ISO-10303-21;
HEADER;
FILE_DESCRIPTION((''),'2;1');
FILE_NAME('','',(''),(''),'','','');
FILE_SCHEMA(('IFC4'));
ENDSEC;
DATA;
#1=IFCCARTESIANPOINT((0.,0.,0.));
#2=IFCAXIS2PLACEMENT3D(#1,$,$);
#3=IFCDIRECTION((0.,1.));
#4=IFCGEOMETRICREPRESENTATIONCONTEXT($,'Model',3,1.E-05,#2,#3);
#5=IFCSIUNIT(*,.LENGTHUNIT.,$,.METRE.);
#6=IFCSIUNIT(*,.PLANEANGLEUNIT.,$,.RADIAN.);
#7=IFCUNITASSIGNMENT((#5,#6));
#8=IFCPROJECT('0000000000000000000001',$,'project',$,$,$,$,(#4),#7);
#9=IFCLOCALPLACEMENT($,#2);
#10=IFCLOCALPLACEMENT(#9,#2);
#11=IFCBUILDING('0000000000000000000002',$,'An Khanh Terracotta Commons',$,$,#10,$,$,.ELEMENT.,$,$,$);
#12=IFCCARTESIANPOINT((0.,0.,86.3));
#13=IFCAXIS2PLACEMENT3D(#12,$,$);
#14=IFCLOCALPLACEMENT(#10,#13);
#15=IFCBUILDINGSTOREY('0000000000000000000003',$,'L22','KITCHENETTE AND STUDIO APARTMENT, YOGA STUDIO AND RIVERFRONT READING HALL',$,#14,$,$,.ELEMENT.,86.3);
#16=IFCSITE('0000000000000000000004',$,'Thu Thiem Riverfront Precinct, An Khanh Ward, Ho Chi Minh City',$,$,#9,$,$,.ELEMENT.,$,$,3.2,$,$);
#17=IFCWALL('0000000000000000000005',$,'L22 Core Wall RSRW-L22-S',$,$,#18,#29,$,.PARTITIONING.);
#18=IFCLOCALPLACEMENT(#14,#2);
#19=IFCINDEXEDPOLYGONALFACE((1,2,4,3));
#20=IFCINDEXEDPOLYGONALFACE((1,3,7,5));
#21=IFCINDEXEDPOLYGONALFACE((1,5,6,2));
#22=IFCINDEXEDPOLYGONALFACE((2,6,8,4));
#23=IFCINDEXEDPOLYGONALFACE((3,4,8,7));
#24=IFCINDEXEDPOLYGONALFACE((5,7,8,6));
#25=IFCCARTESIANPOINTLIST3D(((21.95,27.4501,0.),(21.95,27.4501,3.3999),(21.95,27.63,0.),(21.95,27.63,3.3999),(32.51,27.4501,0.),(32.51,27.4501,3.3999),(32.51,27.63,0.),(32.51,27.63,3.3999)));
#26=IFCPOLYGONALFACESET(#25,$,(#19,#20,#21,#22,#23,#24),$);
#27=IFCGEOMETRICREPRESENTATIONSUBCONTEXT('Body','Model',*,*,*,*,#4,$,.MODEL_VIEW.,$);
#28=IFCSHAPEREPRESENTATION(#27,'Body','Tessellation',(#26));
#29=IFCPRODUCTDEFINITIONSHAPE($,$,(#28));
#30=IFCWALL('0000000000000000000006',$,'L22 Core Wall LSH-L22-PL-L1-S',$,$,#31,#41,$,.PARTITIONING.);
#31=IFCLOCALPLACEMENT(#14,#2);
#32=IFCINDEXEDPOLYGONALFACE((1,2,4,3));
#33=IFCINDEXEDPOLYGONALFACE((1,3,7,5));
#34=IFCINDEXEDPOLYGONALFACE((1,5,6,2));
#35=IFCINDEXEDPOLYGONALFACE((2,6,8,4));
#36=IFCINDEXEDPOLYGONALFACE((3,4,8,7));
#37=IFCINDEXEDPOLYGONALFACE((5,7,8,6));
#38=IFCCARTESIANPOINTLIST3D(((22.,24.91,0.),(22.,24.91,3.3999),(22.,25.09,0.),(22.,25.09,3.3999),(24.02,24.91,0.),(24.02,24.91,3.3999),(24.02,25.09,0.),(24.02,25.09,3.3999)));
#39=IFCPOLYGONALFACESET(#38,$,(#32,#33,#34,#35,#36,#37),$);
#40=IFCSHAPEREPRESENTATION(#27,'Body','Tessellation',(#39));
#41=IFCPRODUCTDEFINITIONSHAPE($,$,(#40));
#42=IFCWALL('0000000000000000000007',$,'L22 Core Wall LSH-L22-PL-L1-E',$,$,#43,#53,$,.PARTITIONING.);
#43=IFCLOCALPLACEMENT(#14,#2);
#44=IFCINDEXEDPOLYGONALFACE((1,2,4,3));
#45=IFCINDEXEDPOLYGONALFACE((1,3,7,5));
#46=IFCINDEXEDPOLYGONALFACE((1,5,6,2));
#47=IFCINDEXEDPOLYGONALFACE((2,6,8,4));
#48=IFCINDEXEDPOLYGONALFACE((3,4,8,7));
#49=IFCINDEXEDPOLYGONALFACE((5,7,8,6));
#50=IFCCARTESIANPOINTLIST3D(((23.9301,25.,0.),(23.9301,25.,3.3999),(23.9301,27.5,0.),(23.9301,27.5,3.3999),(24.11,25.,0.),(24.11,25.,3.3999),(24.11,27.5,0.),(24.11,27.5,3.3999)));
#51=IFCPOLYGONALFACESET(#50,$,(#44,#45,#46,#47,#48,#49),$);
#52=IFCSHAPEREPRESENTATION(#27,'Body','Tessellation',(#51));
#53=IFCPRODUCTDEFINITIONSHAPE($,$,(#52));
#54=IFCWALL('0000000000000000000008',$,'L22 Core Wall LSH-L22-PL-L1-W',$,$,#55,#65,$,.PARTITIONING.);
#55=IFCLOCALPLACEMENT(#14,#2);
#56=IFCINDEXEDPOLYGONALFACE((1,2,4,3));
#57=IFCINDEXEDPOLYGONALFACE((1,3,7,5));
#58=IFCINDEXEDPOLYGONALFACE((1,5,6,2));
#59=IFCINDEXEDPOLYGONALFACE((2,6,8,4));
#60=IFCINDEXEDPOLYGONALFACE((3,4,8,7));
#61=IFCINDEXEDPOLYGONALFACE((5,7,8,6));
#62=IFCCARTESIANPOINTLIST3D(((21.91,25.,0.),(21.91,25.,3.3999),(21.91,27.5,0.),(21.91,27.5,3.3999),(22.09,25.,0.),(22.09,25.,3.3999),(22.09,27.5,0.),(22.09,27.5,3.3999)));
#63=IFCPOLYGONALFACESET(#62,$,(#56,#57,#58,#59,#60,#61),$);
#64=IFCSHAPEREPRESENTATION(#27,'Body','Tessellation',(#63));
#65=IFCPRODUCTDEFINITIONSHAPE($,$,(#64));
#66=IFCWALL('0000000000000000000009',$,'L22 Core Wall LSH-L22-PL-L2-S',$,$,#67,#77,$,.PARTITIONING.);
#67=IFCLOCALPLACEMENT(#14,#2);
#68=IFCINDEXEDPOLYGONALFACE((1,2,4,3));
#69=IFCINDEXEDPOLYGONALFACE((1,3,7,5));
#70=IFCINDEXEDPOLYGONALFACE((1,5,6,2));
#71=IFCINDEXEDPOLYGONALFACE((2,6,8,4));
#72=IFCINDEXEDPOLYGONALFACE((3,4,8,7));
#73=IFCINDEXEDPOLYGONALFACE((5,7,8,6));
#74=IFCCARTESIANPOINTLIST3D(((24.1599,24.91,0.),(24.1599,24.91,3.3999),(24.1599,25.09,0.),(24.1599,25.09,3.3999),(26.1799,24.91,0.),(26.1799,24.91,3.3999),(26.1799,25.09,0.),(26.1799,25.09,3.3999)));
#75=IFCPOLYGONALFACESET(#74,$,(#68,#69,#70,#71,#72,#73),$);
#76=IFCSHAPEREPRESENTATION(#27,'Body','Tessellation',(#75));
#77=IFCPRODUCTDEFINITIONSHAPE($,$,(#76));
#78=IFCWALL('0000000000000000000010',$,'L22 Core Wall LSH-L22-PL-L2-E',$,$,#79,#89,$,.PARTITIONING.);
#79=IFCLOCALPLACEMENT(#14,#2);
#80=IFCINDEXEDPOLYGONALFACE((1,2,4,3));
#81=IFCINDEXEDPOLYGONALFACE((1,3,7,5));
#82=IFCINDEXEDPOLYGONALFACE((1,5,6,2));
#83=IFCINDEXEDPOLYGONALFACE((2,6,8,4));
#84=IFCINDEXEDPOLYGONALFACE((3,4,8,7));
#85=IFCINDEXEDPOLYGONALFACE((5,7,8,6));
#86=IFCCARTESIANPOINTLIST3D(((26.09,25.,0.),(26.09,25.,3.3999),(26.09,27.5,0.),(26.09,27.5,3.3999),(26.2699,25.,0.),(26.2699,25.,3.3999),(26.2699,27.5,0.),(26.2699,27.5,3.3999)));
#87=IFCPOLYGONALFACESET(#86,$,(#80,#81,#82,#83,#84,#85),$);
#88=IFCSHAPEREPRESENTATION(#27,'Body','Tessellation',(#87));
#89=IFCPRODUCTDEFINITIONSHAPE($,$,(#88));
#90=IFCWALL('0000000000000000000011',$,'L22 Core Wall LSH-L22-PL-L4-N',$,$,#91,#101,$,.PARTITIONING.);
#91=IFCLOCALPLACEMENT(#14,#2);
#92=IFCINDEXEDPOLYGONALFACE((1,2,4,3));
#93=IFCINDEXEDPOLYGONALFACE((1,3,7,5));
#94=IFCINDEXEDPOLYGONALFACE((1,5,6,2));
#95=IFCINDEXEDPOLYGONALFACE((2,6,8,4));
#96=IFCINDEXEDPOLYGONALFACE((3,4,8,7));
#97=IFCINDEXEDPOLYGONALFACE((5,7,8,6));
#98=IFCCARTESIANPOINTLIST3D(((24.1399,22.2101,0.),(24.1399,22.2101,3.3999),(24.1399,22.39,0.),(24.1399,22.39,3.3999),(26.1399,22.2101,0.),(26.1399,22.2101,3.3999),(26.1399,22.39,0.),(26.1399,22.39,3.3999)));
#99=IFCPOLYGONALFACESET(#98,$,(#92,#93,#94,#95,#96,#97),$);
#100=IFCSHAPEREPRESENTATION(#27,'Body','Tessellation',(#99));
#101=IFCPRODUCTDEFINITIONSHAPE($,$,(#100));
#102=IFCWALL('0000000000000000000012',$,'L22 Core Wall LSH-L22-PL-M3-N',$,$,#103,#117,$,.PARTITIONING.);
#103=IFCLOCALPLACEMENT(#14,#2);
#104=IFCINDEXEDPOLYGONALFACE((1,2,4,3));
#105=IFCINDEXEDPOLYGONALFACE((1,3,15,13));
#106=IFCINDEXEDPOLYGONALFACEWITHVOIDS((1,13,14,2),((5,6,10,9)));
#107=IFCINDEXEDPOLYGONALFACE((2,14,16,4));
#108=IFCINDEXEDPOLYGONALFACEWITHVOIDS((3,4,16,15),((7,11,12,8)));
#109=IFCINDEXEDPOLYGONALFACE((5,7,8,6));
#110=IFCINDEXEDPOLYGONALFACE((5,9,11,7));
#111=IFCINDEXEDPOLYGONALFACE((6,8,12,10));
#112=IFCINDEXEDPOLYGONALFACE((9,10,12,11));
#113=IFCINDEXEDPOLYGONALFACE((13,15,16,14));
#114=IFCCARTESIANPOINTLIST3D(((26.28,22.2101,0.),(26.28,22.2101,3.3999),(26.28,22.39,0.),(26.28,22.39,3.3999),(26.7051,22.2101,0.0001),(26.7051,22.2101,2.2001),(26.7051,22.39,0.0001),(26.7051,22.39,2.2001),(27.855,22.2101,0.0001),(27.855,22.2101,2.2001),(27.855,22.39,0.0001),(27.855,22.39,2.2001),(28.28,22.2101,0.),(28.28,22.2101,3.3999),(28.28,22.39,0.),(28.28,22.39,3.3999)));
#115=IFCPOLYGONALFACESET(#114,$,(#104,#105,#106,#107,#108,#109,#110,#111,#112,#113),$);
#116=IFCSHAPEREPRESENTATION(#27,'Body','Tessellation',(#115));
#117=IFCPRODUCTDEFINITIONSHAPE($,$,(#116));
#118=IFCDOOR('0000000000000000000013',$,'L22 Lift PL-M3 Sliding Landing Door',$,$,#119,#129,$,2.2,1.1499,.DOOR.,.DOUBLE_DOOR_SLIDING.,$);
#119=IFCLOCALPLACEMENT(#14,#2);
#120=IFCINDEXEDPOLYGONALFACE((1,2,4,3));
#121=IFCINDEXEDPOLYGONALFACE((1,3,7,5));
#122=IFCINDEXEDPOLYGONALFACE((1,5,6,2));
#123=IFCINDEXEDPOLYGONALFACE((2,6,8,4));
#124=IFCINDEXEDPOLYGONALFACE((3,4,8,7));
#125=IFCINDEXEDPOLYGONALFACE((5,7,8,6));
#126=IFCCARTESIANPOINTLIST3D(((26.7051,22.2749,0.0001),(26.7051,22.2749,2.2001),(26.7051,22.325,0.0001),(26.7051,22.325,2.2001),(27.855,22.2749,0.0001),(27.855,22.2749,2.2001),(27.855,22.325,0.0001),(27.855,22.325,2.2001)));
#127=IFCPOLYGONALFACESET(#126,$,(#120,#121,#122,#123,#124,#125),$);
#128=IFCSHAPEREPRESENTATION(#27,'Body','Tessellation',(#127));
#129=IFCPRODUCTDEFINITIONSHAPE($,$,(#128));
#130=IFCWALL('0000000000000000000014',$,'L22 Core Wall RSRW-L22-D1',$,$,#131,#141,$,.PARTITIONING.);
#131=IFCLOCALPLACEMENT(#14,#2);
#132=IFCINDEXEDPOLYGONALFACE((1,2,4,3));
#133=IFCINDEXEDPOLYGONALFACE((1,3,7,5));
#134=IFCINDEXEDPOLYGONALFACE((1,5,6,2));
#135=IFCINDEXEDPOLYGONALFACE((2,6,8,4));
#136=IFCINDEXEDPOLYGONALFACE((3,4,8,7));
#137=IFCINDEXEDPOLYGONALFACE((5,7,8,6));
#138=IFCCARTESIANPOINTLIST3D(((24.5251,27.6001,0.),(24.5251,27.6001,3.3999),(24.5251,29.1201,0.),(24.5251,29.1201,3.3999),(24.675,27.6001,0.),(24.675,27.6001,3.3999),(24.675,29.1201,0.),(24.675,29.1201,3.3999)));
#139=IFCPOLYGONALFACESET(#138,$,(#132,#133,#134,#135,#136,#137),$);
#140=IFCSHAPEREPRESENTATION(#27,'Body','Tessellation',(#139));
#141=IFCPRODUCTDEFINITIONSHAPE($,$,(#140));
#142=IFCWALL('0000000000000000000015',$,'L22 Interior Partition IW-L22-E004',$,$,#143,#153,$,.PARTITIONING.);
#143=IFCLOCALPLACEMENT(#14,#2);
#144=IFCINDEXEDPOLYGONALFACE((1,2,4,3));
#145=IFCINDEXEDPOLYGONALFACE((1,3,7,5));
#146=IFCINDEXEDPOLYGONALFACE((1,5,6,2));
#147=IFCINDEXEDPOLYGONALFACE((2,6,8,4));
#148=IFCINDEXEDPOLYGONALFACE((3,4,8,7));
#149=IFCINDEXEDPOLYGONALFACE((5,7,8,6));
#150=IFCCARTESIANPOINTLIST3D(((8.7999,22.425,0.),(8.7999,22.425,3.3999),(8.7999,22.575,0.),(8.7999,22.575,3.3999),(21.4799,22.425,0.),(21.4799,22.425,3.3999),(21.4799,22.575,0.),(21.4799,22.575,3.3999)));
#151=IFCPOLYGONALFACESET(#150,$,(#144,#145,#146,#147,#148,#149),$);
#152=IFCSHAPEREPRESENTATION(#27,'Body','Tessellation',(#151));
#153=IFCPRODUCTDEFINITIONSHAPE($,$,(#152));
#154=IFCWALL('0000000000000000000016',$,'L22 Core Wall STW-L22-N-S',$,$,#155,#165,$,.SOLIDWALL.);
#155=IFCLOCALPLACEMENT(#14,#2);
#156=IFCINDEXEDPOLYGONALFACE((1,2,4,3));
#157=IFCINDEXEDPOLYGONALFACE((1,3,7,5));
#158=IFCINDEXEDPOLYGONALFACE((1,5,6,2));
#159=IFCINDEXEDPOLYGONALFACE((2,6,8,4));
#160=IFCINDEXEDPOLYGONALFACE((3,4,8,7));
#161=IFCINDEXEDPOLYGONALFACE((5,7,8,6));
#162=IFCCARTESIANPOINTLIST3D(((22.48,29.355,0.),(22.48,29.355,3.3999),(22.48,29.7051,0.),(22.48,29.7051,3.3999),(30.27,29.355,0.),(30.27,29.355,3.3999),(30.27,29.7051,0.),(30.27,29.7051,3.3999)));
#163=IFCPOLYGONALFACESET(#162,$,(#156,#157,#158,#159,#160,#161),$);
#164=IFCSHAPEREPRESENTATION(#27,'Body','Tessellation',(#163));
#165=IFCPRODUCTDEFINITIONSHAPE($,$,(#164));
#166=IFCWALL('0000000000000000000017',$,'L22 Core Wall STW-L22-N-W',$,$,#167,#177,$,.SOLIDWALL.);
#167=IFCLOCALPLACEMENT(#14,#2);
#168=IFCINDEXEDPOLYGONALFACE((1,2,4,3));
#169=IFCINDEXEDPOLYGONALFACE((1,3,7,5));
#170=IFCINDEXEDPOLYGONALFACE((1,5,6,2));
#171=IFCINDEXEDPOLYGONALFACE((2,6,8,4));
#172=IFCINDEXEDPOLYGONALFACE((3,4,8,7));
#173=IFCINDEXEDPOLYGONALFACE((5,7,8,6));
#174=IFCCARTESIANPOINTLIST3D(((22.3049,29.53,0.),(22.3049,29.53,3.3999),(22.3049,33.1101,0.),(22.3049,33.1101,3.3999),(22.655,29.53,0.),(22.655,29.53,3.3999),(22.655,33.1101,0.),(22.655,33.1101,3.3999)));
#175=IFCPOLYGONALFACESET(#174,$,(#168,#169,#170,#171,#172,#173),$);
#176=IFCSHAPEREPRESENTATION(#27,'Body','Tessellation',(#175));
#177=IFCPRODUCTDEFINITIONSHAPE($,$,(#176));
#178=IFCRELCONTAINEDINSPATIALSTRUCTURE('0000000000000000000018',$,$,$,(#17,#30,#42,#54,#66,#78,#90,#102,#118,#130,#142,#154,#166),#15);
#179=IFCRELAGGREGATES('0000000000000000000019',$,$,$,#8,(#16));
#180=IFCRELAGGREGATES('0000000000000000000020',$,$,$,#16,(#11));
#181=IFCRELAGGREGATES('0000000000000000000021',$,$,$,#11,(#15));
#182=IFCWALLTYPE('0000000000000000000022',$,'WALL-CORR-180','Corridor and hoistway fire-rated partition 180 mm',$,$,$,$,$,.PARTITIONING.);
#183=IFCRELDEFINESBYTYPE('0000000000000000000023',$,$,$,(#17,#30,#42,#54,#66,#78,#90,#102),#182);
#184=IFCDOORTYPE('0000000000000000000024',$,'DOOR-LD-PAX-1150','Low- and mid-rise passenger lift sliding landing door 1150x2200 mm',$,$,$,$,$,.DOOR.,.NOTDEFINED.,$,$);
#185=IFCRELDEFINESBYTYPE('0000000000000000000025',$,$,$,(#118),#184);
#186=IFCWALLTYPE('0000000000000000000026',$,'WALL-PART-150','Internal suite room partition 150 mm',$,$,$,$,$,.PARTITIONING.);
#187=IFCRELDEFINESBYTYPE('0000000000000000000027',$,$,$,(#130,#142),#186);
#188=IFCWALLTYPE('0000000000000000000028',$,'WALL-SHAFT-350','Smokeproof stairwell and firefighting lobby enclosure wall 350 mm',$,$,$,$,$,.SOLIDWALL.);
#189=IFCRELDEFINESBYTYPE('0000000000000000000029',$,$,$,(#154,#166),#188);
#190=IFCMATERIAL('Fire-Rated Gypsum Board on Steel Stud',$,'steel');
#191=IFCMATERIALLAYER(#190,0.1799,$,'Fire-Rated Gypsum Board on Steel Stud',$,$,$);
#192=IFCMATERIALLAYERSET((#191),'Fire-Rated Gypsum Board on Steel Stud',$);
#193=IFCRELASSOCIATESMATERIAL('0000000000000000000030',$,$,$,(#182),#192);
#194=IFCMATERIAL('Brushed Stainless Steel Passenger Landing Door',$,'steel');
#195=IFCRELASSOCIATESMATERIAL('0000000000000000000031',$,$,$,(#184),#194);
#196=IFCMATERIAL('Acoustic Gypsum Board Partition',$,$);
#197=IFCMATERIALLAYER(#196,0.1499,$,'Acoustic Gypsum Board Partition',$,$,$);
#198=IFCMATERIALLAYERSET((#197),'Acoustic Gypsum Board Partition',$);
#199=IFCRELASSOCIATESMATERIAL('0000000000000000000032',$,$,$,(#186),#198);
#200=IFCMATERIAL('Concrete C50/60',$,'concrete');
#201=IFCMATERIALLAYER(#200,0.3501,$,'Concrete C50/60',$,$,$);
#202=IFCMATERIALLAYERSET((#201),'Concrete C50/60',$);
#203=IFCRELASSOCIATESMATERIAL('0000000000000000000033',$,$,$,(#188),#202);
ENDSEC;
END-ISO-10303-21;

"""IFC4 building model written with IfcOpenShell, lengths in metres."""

from ifc_helpers import new_model, si_unit, direction, frame, frame_2d, origin, place, context, subcontext, project, spatial, rectangle, extrude, material, layer, layer_set, type_object, element, fill, save


model = new_model("IFC4")

# Units and contexts
model_context = context("Model", 3, precision=1e-05, world=origin(), true_north=direction((0.0, 1.0)))
body_context = subcontext(model_context, "Body", "Model", "MODEL_VIEW")
ifc_project = project(units=[si_unit("LENGTHUNIT", "METRE"), si_unit("PLANEANGLEUNIT", "RADIAN")], contexts=[model_context])

# Site, building, storey
site_placement = place(None, origin())
site = spatial("IfcSite", under=ifc_project, at=site_placement, Name="Thu Thiem Riverfront Precinct, An Khanh Ward, Ho Chi Minh City", CompositionType="ELEMENT", RefElevation=3.2)
building_placement = place(site_placement, origin())
building = spatial("IfcBuilding", under=site, at=building_placement, Name="An Khanh Terracotta Commons", CompositionType="ELEMENT")
storey_placement = place(building_placement, frame((0.0, 0.0, 86.3)))
storey = spatial("IfcBuildingStorey", under=building, at=storey_placement, Name="L22", Description="KITCHENETTE AND STUDIO APARTMENT, YOGA STUDIO AND RIVERFRONT READING HALL", CompositionType="ELEMENT", Elevation=86.3)

# Walls
ifc_material_1 = material(Name="Fire-Rated Gypsum Board on Steel Stud", Category="steel")
ifc_layer_1 = layer(ifc_material_1, 0.1799, Name="Fire-Rated Gypsum Board on Steel Stud")
ifc_layer_set_1 = layer_set([ifc_layer_1], Name="Fire-Rated Gypsum Board on Steel Stud")
wall_type_1 = type_object("IfcWallType", Name="WALL-CORR-180", Description="Corridor and hoistway fire-rated partition 180 mm", PredefinedType="PARTITIONING", material=ifc_layer_set_1)
wall_1_placement = place(storey_placement, frame((21.95, 27.54, 0.0), z_axis=(0.0, 0.0, 1.0), x_axis=(1.0, 0.0, 0.0)))
element("IfcWall", 1, at=wall_1_placement, inside=storey, type_object=wall_type_1, Name="L22 Core Wall RSRW-L22-S", PredefinedType="PARTITIONING", context=body_context, shape_type="SweptSolid", body=[
    extrude(rectangle(XDim=10.5601, YDim=0.1799, at=frame_2d((5.28, 0.0))), origin(), (0.0, 0.0, 1.0), 3.3999),
])
wall_2_placement = place(storey_placement, frame((24.02, 25.0, 0.0), z_axis=(0.0, 0.0, 1.0), x_axis=(-1.0, 0.0, 0.0)))
element("IfcWall", 2, at=wall_2_placement, inside=storey, type_object=wall_type_1, Name="L22 Core Wall LSH-L22-PL-L1-S", PredefinedType="PARTITIONING", context=body_context, shape_type="SweptSolid", body=[
    extrude(rectangle(XDim=2.02, YDim=0.1799, at=frame_2d((1.01, 0.0))), origin(), (0.0, 0.0, 1.0), 3.3999),
])
for number, where, z_axis, x_axis, name in (
    (3, (24.02, 25.0, 0.0), (0.0, 0.0, 1.0), (0.0, 1.0, 0.0), "L22 Core Wall LSH-L22-PL-L1-E"),
    (4, (22.0, 27.5, 0.0), (0.0, 0.0, 1.0), (0.0, -1.0, 0.0), "L22 Core Wall LSH-L22-PL-L1-W"),
):
    element("IfcWall", number, at=place(storey_placement, frame(where, z_axis=z_axis, x_axis=x_axis)), inside=storey, type_object=wall_type_1, Name=name, PredefinedType="PARTITIONING", context=body_context, shape_type="SweptSolid", body=[
        extrude(rectangle(XDim=2.5, YDim=0.1799, at=frame_2d((1.25, 0.0))), origin(), (0.0, 0.0, 1.0), 3.3999),
    ])
wall_3_placement = place(storey_placement, frame((26.1799, 25.0, 0.0), z_axis=(0.0, 0.0, 1.0), x_axis=(-1.0, 0.0, 0.0)))
element("IfcWall", 5, at=wall_3_placement, inside=storey, type_object=wall_type_1, Name="L22 Core Wall LSH-L22-PL-L2-S", PredefinedType="PARTITIONING", context=body_context, shape_type="SweptSolid", body=[
    extrude(rectangle(XDim=2.02, YDim=0.1799, at=frame_2d((1.01, 0.0))), origin(), (0.0, 0.0, 1.0), 3.3999),
])
wall_4_placement = place(storey_placement, frame((26.1799, 25.0, 0.0), z_axis=(0.0, 0.0, 1.0), x_axis=(0.0, 1.0, 0.0)))
element("IfcWall", 6, at=wall_4_placement, inside=storey, type_object=wall_type_1, Name="L22 Core Wall LSH-L22-PL-L2-E", PredefinedType="PARTITIONING", context=body_context, shape_type="SweptSolid", body=[
    extrude(rectangle(XDim=2.5, YDim=0.1799, at=frame_2d((1.25, 0.0))), origin(), (0.0, 0.0, 1.0), 3.3999),
])
wall_5_placement = place(storey_placement, frame((24.1399, 22.3, 0.0), z_axis=(0.0, 0.0, 1.0), x_axis=(1.0, 0.0, 0.0)))
element("IfcWall", 7, at=wall_5_placement, inside=storey, type_object=wall_type_1, Name="L22 Core Wall LSH-L22-PL-L4-N", PredefinedType="PARTITIONING", context=body_context, shape_type="SweptSolid", body=[
    extrude(rectangle(XDim=2.0, YDim=0.1799, at=frame_2d((1.0, 0.0))), origin(), (0.0, 0.0, 1.0), 3.3999),
])

# Wall, opening, door
wall_6_placement = place(storey_placement, frame((26.28, 22.3, 0.0), z_axis=(0.0, 0.0, 1.0), x_axis=(1.0, 0.0, 0.0)))
wall_6 = element("IfcWall", 8, at=wall_6_placement, inside=storey, type_object=wall_type_1, Name="L22 Core Wall LSH-L22-PL-M3-N", PredefinedType="PARTITIONING", context=body_context, shape_type="SweptSolid", body=[
    extrude(rectangle(XDim=2.0, YDim=0.1799, at=frame_2d((1.0, 0.0))), origin(), (0.0, 0.0, 1.0), 3.3999),
])
opening_1_placement = place(wall_6_placement, frame((0.425, 0.0, 0.0)))
opening_1 = element("IfcOpeningElement", 9, at=opening_1_placement, cuts=wall_6, PredefinedType="OPENING", context=body_context, shape_type="SweptSolid", body=[
    extrude(rectangle(XDim=1.1499, YDim=2.2, at=frame_2d((0.575, 1.1001))), frame((0.0, 0.0999, 0.0), z_axis=(0.0, -1.0, 0.0), x_axis=(1.0, 0.0, 0.0)), (0.0, 0.0, 1.0), 0.2),
])
ifc_material_2 = material(Name="Brushed Stainless Steel Passenger Landing Door", Category="steel")
door_type_1 = type_object("IfcDoorType", Name="DOOR-LD-PAX-1150", Description="Low- and mid-rise passenger lift sliding landing door 1150x2200 mm", OperationType="NOTDEFINED", PredefinedType="DOOR", material=ifc_material_2)
door_1_placement = place(opening_1_placement, origin())
door_1 = element("IfcDoor", 10, at=door_1_placement, inside=storey, type_object=door_type_1, Name="L22 Lift PL-M3 Sliding Landing Door", OperationType="DOUBLE_DOOR_SLIDING", OverallHeight=2.2, OverallWidth=1.1499, PredefinedType="DOOR", context=body_context, shape_type="SweptSolid", body=[
    extrude(rectangle(XDim=1.1499, YDim=2.2, at=frame_2d((0.575, 1.1001))), frame((0.0, 0.0249, 0.0), z_axis=(0.0, -1.0, 0.0), x_axis=(1.0, 0.0, 0.0)), (0.0, 0.0, 1.0), 0.05),
])
fill(opening_1, door_1)

# Walls
ifc_material_3 = material(Name="Acoustic Gypsum Board Partition")
ifc_layer_2 = layer(ifc_material_3, 0.1499, Name="Acoustic Gypsum Board Partition")
ifc_layer_set_2 = layer_set([ifc_layer_2], Name="Acoustic Gypsum Board Partition")
wall_type_2 = type_object("IfcWallType", Name="WALL-PART-150", Description="Internal suite room partition 150 mm", PredefinedType="PARTITIONING", material=ifc_layer_set_2)
wall_7_placement = place(storey_placement, frame((24.6001, 27.6001, 0.0), z_axis=(0.0, 0.0, 1.0), x_axis=(0.0, 1.0, 0.0)))
element("IfcWall", 11, at=wall_7_placement, inside=storey, type_object=wall_type_2, Name="L22 Core Wall RSRW-L22-D1", PredefinedType="PARTITIONING", context=body_context, shape_type="SweptSolid", body=[
    extrude(rectangle(XDim=1.52, YDim=0.1499, at=frame_2d((0.76, 0.0))), origin(), (0.0, 0.0, 1.0), 3.3999),
])
wall_8_placement = place(storey_placement, frame((8.8, 22.5, 0.0), z_axis=(0.0, 0.0, 1.0), x_axis=(1.0, 0.0, 0.0)))
element("IfcWall", 12, at=wall_8_placement, inside=storey, type_object=wall_type_2, Name="L22 Interior Partition IW-L22-E004", PredefinedType="PARTITIONING", context=body_context, shape_type="SweptSolid", body=[
    extrude(rectangle(XDim=12.6799, YDim=0.1499, at=frame_2d((6.3398, 0.0))), origin(), (0.0, 0.0, 1.0), 3.3999),
])
ifc_material_4 = material(Name="Concrete C50/60", Category="concrete")
ifc_layer_3 = layer(ifc_material_4, 0.3501, Name="Concrete C50/60")
ifc_layer_set_3 = layer_set([ifc_layer_3], Name="Concrete C50/60")
wall_type_3 = type_object("IfcWallType", Name="WALL-SHAFT-350", Description="Smokeproof stairwell and firefighting lobby enclosure wall 350 mm", PredefinedType="SOLIDWALL", material=ifc_layer_set_3)
wall_9_placement = place(storey_placement, frame((22.48, 29.53, 0.0), z_axis=(0.0, 0.0, 1.0), x_axis=(1.0, 0.0, 0.0)))
element("IfcWall", 13, at=wall_9_placement, inside=storey, type_object=wall_type_3, Name="L22 Core Wall STW-L22-N-S", PredefinedType="SOLIDWALL", context=body_context, shape_type="SweptSolid", body=[
    extrude(rectangle(XDim=7.79, YDim=0.3501, at=frame_2d((3.895, 0.0))), origin(), (0.0, 0.0, 1.0), 3.3999),
])
wall_10_placement = place(storey_placement, frame((22.48, 29.53, 0.0), z_axis=(0.0, 0.0, 1.0), x_axis=(0.0, 1.0, 0.0)))
element("IfcWall", 14, at=wall_10_placement, inside=storey, type_object=wall_type_3, Name="L22 Core Wall STW-L22-N-W", PredefinedType="SOLIDWALL", context=body_context, shape_type="SweptSolid", body=[
    extrude(rectangle(XDim=3.5801, YDim=0.3501, at=frame_2d((1.79, 0.0))), origin(), (0.0, 0.0, 1.0), 3.3999),
])

save(model, "model.ifc")
